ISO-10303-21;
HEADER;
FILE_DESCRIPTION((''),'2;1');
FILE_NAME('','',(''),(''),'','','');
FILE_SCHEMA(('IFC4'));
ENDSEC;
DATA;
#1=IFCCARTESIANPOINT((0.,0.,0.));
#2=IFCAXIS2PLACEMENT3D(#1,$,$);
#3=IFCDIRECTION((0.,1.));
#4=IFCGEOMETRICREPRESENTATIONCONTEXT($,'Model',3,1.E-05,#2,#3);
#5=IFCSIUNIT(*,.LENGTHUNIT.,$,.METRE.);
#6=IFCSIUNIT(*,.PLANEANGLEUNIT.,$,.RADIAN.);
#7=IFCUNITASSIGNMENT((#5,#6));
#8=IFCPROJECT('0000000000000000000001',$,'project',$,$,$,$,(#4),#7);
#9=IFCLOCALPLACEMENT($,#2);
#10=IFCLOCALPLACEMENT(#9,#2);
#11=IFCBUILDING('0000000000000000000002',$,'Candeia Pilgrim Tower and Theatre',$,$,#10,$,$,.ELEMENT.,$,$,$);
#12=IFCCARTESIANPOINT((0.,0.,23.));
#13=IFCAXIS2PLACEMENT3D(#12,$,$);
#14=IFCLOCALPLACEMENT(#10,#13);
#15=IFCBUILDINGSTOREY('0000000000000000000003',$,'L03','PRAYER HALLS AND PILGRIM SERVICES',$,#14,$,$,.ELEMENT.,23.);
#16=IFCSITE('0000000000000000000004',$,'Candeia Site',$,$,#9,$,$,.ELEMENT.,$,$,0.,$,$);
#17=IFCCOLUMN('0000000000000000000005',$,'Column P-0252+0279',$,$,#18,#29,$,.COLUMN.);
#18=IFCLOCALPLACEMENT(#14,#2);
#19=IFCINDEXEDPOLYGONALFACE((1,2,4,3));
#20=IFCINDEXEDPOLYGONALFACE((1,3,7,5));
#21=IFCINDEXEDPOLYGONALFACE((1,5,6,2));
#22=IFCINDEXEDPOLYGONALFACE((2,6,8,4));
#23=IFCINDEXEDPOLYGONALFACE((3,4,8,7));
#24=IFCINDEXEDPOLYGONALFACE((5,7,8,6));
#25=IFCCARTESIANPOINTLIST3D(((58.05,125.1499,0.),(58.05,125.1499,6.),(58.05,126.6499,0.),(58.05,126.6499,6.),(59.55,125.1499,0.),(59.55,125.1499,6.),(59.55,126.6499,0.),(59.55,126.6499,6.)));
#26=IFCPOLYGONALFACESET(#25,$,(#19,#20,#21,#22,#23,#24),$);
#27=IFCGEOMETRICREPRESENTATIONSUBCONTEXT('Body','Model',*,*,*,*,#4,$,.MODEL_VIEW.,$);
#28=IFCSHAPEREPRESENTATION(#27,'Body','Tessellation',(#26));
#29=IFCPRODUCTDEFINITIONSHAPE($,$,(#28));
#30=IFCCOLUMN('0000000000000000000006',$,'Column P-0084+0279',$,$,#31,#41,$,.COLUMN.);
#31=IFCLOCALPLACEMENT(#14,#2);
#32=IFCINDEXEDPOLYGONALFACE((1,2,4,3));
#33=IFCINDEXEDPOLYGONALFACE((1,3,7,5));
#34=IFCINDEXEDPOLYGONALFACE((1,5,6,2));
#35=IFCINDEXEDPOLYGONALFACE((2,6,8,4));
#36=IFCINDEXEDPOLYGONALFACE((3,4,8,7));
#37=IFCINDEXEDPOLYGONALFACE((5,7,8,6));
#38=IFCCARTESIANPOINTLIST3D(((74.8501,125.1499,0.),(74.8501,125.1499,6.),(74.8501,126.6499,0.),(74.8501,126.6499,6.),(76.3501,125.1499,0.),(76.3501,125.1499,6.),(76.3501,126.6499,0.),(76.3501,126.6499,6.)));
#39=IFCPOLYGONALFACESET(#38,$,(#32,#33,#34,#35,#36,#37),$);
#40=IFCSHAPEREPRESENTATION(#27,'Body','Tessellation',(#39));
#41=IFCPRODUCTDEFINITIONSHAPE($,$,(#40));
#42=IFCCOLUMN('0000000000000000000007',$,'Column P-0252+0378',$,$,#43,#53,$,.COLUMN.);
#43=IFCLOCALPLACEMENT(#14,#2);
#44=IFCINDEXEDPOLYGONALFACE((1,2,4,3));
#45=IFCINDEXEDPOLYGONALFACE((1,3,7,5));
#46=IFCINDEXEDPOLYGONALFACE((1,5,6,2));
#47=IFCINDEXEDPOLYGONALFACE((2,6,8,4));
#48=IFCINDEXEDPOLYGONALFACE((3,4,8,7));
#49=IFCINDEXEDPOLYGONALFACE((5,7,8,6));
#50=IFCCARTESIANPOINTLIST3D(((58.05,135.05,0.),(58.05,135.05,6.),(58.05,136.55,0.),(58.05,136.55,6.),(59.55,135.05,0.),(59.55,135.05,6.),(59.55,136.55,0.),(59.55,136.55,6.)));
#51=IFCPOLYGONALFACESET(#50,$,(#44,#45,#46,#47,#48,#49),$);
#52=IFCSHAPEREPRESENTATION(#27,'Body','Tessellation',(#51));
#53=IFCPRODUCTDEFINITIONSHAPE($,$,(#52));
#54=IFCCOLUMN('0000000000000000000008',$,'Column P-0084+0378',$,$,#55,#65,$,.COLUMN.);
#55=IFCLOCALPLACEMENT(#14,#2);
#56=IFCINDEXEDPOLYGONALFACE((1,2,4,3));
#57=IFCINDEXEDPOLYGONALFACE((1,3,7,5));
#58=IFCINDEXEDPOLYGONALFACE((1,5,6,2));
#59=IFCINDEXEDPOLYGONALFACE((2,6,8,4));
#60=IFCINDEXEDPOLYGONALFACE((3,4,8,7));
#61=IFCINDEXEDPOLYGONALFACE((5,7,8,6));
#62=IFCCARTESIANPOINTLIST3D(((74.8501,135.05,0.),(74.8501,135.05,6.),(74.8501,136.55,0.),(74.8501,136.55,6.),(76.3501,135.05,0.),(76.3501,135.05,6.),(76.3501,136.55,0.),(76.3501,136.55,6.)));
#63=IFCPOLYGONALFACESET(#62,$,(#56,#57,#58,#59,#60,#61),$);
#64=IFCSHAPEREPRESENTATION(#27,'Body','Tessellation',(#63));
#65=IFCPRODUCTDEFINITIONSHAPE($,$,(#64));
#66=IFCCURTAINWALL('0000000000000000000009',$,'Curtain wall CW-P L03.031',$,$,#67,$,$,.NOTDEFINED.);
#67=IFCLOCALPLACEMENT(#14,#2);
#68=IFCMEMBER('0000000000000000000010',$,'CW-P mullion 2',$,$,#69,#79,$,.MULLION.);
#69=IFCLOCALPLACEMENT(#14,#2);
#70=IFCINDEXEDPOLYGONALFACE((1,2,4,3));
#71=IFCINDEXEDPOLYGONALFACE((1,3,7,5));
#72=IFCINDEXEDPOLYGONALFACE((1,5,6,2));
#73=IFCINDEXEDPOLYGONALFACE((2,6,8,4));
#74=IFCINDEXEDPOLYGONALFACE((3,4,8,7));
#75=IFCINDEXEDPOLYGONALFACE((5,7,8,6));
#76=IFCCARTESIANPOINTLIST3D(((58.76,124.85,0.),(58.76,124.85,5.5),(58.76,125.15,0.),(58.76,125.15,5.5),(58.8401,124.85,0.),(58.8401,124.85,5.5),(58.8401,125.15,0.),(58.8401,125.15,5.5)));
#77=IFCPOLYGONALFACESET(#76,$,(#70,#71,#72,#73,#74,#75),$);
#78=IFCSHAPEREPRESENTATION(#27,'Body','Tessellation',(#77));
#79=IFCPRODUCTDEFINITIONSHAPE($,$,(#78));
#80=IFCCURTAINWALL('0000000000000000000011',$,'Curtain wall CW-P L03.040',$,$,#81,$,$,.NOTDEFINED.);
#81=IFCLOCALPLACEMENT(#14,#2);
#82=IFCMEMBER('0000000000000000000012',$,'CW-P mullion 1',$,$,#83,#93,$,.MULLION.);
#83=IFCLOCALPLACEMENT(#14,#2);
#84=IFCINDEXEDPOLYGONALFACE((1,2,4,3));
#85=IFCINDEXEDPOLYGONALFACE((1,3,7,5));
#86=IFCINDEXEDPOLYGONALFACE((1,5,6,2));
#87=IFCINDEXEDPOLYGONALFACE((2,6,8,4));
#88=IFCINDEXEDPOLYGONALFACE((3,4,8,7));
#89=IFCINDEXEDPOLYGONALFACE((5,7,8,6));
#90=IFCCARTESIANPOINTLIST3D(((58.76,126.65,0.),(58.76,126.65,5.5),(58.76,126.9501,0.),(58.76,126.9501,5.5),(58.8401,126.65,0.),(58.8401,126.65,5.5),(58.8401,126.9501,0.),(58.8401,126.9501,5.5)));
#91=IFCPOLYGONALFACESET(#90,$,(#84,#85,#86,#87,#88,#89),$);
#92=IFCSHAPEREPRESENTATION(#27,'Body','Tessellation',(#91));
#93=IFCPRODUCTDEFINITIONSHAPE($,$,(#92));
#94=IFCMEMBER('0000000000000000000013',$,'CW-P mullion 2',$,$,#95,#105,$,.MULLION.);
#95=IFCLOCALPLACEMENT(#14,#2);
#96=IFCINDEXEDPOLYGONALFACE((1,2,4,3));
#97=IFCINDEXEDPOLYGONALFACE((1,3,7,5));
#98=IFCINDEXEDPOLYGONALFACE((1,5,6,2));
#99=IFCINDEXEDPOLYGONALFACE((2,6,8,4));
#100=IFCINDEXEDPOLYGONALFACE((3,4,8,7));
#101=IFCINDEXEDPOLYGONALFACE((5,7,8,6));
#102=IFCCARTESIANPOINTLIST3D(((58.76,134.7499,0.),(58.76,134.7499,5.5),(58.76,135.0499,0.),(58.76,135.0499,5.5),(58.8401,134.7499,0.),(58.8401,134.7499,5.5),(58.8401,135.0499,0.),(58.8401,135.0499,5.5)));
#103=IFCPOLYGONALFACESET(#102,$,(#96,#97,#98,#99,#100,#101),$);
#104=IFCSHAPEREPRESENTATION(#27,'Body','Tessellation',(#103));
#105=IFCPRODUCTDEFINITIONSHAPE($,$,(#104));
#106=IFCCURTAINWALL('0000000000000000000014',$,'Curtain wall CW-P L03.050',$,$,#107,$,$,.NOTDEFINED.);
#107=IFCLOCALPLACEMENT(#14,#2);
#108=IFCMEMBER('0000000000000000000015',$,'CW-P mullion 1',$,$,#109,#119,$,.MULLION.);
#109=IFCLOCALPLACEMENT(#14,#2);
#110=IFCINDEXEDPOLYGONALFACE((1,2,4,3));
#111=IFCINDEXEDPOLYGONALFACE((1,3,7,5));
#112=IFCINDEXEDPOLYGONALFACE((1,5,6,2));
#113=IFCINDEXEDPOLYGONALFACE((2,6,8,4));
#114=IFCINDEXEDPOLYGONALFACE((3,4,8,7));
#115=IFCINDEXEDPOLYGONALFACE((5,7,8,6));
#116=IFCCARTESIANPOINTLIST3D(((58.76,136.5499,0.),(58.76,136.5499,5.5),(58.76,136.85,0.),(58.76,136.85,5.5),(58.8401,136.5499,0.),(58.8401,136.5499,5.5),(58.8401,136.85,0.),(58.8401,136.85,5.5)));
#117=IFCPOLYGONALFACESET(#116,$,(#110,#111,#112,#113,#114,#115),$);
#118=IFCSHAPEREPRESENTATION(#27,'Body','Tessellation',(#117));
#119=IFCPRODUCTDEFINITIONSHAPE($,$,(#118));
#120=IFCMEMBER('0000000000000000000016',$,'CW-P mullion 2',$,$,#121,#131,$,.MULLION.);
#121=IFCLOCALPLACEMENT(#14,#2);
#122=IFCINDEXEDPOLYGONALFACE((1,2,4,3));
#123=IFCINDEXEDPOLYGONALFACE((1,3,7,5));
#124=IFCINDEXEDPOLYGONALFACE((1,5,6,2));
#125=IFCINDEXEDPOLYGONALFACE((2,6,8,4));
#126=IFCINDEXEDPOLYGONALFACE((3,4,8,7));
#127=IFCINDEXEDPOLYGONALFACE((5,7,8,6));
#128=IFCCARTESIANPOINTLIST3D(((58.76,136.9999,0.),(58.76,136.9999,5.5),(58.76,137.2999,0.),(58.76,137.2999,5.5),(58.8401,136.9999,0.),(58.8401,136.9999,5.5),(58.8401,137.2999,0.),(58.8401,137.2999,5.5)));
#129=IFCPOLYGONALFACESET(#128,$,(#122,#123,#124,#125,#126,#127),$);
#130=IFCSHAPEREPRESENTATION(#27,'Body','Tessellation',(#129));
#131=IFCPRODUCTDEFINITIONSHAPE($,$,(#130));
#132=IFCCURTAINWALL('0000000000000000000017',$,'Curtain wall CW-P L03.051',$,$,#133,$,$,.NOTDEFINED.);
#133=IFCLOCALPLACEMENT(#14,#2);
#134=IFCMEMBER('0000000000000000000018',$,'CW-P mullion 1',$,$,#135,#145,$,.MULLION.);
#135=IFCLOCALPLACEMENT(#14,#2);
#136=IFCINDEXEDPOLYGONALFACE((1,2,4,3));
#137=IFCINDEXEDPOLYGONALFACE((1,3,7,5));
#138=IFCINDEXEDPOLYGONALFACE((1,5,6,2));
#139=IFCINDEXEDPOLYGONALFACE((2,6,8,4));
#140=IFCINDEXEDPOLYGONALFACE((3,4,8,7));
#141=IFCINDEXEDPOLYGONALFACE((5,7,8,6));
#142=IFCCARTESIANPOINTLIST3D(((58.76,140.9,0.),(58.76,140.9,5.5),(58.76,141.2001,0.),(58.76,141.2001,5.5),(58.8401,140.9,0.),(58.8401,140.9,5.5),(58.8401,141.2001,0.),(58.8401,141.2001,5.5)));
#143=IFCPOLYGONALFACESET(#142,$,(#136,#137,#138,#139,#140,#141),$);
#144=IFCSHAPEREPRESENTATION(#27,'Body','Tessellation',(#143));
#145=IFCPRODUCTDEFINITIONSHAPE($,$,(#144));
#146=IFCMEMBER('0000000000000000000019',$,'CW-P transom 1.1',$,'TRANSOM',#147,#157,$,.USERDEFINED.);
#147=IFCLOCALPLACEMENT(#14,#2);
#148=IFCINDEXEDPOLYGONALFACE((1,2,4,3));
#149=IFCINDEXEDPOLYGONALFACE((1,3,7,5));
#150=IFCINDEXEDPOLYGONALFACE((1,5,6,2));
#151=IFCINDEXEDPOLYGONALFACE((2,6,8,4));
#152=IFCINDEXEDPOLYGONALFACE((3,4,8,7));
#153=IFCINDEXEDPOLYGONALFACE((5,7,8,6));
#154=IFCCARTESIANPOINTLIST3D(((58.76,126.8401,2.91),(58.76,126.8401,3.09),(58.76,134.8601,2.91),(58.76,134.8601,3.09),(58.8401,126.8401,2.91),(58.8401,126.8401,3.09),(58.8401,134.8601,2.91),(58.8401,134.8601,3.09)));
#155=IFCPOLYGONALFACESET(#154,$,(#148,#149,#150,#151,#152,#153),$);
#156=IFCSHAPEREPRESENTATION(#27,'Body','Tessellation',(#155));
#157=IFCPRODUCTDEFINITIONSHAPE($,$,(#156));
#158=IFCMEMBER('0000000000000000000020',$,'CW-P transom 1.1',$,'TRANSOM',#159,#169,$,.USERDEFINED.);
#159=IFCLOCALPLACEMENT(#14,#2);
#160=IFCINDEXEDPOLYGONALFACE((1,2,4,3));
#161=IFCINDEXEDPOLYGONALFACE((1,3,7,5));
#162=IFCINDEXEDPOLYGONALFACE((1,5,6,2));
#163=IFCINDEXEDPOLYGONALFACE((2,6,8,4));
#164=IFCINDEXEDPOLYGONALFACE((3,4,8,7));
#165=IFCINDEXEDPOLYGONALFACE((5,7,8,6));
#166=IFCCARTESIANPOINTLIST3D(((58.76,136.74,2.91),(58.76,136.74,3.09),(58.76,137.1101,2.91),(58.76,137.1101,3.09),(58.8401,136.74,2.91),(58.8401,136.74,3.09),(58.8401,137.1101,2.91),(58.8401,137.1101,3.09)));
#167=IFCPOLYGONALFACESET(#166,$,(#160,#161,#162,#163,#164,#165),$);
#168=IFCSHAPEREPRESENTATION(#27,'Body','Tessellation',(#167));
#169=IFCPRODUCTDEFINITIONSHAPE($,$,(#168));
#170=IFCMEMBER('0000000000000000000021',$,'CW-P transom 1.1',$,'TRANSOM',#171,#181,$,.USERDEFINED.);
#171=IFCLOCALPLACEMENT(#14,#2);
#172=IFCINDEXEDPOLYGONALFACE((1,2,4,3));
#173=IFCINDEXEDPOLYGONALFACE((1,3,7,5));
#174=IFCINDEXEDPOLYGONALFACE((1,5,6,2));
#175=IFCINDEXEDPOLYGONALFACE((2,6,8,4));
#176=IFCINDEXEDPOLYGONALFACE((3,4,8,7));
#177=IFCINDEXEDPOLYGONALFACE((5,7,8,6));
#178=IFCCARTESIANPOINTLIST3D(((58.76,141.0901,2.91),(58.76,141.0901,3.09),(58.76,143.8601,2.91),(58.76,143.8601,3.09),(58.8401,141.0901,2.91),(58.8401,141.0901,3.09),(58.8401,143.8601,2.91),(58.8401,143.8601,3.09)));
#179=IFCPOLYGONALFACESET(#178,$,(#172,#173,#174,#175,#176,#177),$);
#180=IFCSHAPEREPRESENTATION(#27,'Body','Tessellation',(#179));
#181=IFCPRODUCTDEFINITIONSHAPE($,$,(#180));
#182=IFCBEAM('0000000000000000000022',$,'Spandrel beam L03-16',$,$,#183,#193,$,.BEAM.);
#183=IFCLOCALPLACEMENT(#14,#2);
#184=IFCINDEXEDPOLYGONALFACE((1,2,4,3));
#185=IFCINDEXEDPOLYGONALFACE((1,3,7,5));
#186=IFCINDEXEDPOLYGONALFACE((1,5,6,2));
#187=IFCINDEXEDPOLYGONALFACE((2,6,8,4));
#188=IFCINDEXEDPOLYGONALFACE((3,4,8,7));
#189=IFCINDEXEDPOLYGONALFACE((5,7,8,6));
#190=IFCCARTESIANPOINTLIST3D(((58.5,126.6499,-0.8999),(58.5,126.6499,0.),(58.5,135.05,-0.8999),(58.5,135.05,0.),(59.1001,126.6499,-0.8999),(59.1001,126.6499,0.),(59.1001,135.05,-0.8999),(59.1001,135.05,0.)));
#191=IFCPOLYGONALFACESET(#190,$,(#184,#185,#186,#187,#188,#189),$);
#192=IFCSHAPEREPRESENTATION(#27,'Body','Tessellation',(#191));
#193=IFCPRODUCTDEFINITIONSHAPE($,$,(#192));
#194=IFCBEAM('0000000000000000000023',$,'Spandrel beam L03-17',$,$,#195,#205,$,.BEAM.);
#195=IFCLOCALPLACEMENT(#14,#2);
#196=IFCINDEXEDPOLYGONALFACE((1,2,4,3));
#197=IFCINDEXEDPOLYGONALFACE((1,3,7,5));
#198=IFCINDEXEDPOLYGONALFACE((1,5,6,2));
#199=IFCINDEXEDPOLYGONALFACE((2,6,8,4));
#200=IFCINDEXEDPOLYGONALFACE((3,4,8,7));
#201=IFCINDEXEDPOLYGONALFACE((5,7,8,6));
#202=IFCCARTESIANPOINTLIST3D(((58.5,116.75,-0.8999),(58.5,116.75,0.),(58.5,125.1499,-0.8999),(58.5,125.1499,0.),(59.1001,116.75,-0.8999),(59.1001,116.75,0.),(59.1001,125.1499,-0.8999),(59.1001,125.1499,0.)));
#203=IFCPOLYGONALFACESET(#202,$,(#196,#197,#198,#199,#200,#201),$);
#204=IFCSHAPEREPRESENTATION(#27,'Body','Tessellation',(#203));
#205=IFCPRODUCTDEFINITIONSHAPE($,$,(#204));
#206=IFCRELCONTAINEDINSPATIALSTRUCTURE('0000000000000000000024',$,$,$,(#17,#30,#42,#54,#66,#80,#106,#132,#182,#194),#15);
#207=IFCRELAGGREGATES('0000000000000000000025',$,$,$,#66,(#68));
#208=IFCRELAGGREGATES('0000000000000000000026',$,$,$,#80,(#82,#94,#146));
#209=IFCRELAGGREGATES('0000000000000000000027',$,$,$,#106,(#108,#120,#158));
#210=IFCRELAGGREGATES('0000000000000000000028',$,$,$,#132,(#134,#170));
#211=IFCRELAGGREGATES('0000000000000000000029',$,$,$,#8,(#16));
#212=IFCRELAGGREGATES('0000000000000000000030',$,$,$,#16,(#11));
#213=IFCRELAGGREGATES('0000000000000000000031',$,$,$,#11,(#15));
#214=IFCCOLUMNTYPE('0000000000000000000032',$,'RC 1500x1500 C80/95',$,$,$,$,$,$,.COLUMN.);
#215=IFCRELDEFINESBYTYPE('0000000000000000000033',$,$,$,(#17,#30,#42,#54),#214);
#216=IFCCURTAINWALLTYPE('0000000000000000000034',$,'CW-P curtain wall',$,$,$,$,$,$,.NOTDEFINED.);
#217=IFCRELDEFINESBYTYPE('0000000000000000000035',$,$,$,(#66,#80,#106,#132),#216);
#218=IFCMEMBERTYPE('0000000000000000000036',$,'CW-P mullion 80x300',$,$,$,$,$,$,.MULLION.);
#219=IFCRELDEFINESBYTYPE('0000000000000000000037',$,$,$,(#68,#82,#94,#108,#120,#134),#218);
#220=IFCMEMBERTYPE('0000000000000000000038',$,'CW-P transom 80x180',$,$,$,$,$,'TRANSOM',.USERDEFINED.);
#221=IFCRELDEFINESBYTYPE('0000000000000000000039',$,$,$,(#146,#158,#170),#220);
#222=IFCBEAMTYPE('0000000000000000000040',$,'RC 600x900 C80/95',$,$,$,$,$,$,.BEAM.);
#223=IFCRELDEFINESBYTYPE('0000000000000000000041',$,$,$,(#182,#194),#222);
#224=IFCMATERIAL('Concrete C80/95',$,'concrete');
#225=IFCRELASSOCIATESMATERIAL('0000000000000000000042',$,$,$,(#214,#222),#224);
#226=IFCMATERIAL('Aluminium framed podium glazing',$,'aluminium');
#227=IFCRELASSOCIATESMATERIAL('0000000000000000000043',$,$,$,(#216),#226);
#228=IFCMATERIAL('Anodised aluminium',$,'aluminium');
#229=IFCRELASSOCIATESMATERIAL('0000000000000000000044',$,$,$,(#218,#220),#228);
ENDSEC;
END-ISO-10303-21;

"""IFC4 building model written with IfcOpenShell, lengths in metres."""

from ifc_helpers import new_model, si_unit, direction, frame, origin, origin_2d, place, context, subcontext, project, spatial, rectangle, extrude, material, material_profile, profile_set, type_object, element, aggregate, save


model = new_model("IFC4")

# Units and contexts
model_context = context("Model", 3, precision=1e-05, world=origin(), true_north=direction((0.0, 1.0)))
body_context = subcontext(model_context, "Body", "Model", "MODEL_VIEW")
ifc_project = project(units=[si_unit("LENGTHUNIT", "METRE"), si_unit("PLANEANGLEUNIT", "RADIAN")], contexts=[model_context])

# Site, building, storey
site_placement = place(None, origin())
site = spatial("IfcSite", under=ifc_project, at=site_placement, Name="Candeia Site", CompositionType="ELEMENT", RefElevation=0.0)
building_placement = place(site_placement, origin())
building = spatial("IfcBuilding", under=site, at=building_placement, Name="Candeia Pilgrim Tower and Theatre", CompositionType="ELEMENT")
storey_placement = place(building_placement, frame((0.0, 0.0, 23.0)))
storey = spatial("IfcBuildingStorey", under=building, at=storey_placement, Name="L03", Description="PRAYER HALLS AND PILGRIM SERVICES", CompositionType="ELEMENT", Elevation=23.0)

# Columns
ifc_material_1 = material(Name="Concrete C80/95", Category="concrete")
ifc_material_profile_1 = material_profile(ifc_material_1, rectangle(XDim=1.5, YDim=1.5, at=origin_2d()))
ifc_profile_set_1 = profile_set([ifc_material_profile_1], Name="Concrete C80/95")
column_type = type_object("IfcColumnType", Name="RC 1500x1500 C80/95", PredefinedType="COLUMN", material=ifc_profile_set_1)
for number, where, z_axis, x_axis, name in (
    (1, (58.8, 125.8999, 0.0), (0.0, 0.0, 1.0), (1.0, 0.0, 0.0), "Column P-0252+0279"),
    (2, (75.6001, 125.8999, 0.0), (0.0, 0.0, 1.0), (1.0, 0.0, 0.0), "Column P-0084+0279"),
    (3, (58.8, 135.8, 0.0), (0.0, 0.0, 1.0), (1.0, 0.0, 0.0), "Column P-0252+0378"),
    (4, (75.6001, 135.8, 0.0), (0.0, 0.0, 1.0), (1.0, 0.0, 0.0), "Column P-0084+0378"),
):
    element("IfcColumn", number, at=place(storey_placement, frame(where, z_axis=z_axis, x_axis=x_axis)), inside=storey, type_object=column_type, Name=name, PredefinedType="COLUMN", context=body_context, shape_type="SweptSolid", body=[
        extrude(rectangle(XDim=1.5, YDim=1.5, at=origin_2d()), origin(), (0.0, 0.0, 1.0), 6.0),
    ])

# Curtain wall, member
ifc_material_2 = material(Name="Aluminium framed podium glazing", Category="aluminium")
curtain_wall_type = type_object("IfcCurtainWallType", Name="CW-P curtain wall", PredefinedType="NOTDEFINED", material=ifc_material_2)
curtain_wall_1_placement = place(storey_placement, origin())
curtain_wall_1 = element("IfcCurtainWall", 5, at=curtain_wall_1_placement, inside=storey, type_object=curtain_wall_type, Name="Curtain wall CW-P L03.031", PredefinedType="NOTDEFINED")
ifc_material_3 = material(Name="Anodised aluminium", Category="aluminium")
ifc_material_profile_2 = material_profile(ifc_material_3, rectangle(XDim=0.0801, YDim=0.3, at=origin_2d()))
ifc_profile_set_2 = profile_set([ifc_material_profile_2], Name="Anodised aluminium")
member_type_1 = type_object("IfcMemberType", Name="CW-P mullion 80x300", PredefinedType="MULLION", material=ifc_profile_set_2)
member_1_placement = place(storey_placement, frame((58.8, 125.0, 0.0), z_axis=(0.0, 0.0, 1.0), x_axis=(-1.0, 0.0, 0.0)))
member_1 = element("IfcMember", 6, at=member_1_placement, type_object=member_type_1, Name="CW-P mullion 2", PredefinedType="MULLION", context=body_context, shape_type="SweptSolid", body=[
    extrude(rectangle(XDim=0.0801, YDim=0.3, at=origin_2d()), origin(), (0.0, 0.0, 1.0), 5.5),
])

# Curtain walls, members
curtain_wall_2_placement = place(storey_placement, origin())
curtain_wall_2 = element("IfcCurtainWall", 7, at=curtain_wall_2_placement, inside=storey, type_object=curtain_wall_type, Name="Curtain wall CW-P L03.040", PredefinedType="NOTDEFINED")
member_2_placement = place(storey_placement, frame((58.8, 126.8, 0.0), z_axis=(0.0, 0.0, 1.0), x_axis=(-1.0, 0.0, 0.0)))
member_2 = element("IfcMember", 8, at=member_2_placement, type_object=member_type_1, Name="CW-P mullion 1", PredefinedType="MULLION", context=body_context, shape_type="SweptSolid", body=[
    extrude(rectangle(XDim=0.0801, YDim=0.3, at=origin_2d()), origin(), (0.0, 0.0, 1.0), 5.5),
])
member_3_placement = place(storey_placement, frame((58.8, 134.8999, 0.0), z_axis=(0.0, 0.0, 1.0), x_axis=(-1.0, 0.0, 0.0)))
member_3 = element("IfcMember", 9, at=member_3_placement, type_object=member_type_1, Name="CW-P mullion 2", PredefinedType="MULLION", context=body_context, shape_type="SweptSolid", body=[
    extrude(rectangle(XDim=0.0801, YDim=0.3, at=origin_2d()), origin(), (0.0, 0.0, 1.0), 5.5),
])
curtain_wall_3_placement = place(storey_placement, origin())
curtain_wall_3 = element("IfcCurtainWall", 10, at=curtain_wall_3_placement, inside=storey, type_object=curtain_wall_type, Name="Curtain wall CW-P L03.050", PredefinedType="NOTDEFINED")
member_4_placement = place(storey_placement, frame((58.8, 136.7, 0.0), z_axis=(0.0, 0.0, 1.0), x_axis=(-1.0, 0.0, 0.0)))
member_4 = element("IfcMember", 11, at=member_4_placement, type_object=member_type_1, Name="CW-P mullion 1", PredefinedType="MULLION", context=body_context, shape_type="SweptSolid", body=[
    extrude(rectangle(XDim=0.0801, YDim=0.3, at=origin_2d()), origin(), (0.0, 0.0, 1.0), 5.5),
])
member_5_placement = place(storey_placement, frame((58.8, 137.1499, 0.0), z_axis=(0.0, 0.0, 1.0), x_axis=(-1.0, 0.0, 0.0)))
member_5 = element("IfcMember", 12, at=member_5_placement, type_object=member_type_1, Name="CW-P mullion 2", PredefinedType="MULLION", context=body_context, shape_type="SweptSolid", body=[
    extrude(rectangle(XDim=0.0801, YDim=0.3, at=origin_2d()), origin(), (0.0, 0.0, 1.0), 5.5),
])

# Curtain wall, member
curtain_wall_4_placement = place(storey_placement, origin())
curtain_wall_4 = element("IfcCurtainWall", 13, at=curtain_wall_4_placement, inside=storey, type_object=curtain_wall_type, Name="Curtain wall CW-P L03.051", PredefinedType="NOTDEFINED")
member_6_placement = place(storey_placement, frame((58.8, 141.05, 0.0), z_axis=(0.0, 0.0, 1.0), x_axis=(-1.0, 0.0, 0.0)))
member_6 = element("IfcMember", 14, at=member_6_placement, type_object=member_type_1, Name="CW-P mullion 1", PredefinedType="MULLION", context=body_context, shape_type="SweptSolid", body=[
    extrude(rectangle(XDim=0.0801, YDim=0.3, at=origin_2d()), origin(), (0.0, 0.0, 1.0), 5.5),
])

# Members
ifc_material_profile_3 = material_profile(ifc_material_3, rectangle(XDim=0.0801, YDim=0.1799, at=origin_2d()))
ifc_profile_set_3 = profile_set([ifc_material_profile_3], Name="Anodised aluminium")
member_type_2 = type_object("IfcMemberType", Name="CW-P transom 80x180", ElementType="TRANSOM", PredefinedType="USERDEFINED", material=ifc_profile_set_3)
member_7_placement = place(storey_placement, frame((58.8, 126.8401, 3.0), z_axis=(0.0, 1.0, 0.0), x_axis=(-1.0, 0.0, 0.0)))
member_7 = element("IfcMember", 15, at=member_7_placement, type_object=member_type_2, Name="CW-P transom 1.1", ObjectType="TRANSOM", PredefinedType="USERDEFINED", context=body_context, shape_type="SweptSolid", body=[
    extrude(rectangle(XDim=0.0801, YDim=0.1799, at=origin_2d()), origin(), (0.0, 0.0, 1.0), 8.02),
])
member_8_placement = place(storey_placement, frame((58.8, 136.74, 3.0), z_axis=(0.0, 1.0, 0.0), x_axis=(-1.0, 0.0, 0.0)))
member_8 = element("IfcMember", 16, at=member_8_placement, type_object=member_type_2, Name="CW-P transom 1.1", ObjectType="TRANSOM", PredefinedType="USERDEFINED", context=body_context, shape_type="SweptSolid", body=[
    extrude(rectangle(XDim=0.0801, YDim=0.1799, at=origin_2d()), origin(), (0.0, 0.0, 1.0), 0.3701),
])
member_9_placement = place(storey_placement, frame((58.8, 141.0901, 3.0), z_axis=(0.0, 1.0, 0.0), x_axis=(-1.0, 0.0, 0.0)))
member_9 = element("IfcMember", 17, at=member_9_placement, type_object=member_type_2, Name="CW-P transom 1.1", ObjectType="TRANSOM", PredefinedType="USERDEFINED", context=body_context, shape_type="SweptSolid", body=[
    extrude(rectangle(XDim=0.0801, YDim=0.1799, at=origin_2d()), origin(), (0.0, 0.0, 1.0), 2.77),
])

# Beams
ifc_material_profile_4 = material_profile(ifc_material_1, rectangle(XDim=0.6001, YDim=0.8999, at=origin_2d()))
ifc_profile_set_4 = profile_set([ifc_material_profile_4], Name="Concrete C80/95")
beam_type = type_object("IfcBeamType", Name="RC 600x900 C80/95", PredefinedType="BEAM", material=ifc_profile_set_4)
beam_1_placement = place(storey_placement, frame((58.8, 135.05, -0.45), z_axis=(0.0, -1.0, 0.0), x_axis=(1.0, 0.0, 0.0)))
element("IfcBeam", 18, at=beam_1_placement, inside=storey, type_object=beam_type, Name="Spandrel beam L03-16", PredefinedType="BEAM", context=body_context, shape_type="SweptSolid", body=[
    extrude(rectangle(XDim=0.6001, YDim=0.8999, at=origin_2d()), origin(), (0.0, 0.0, 1.0), 8.4001),
])
beam_2_placement = place(storey_placement, frame((58.8, 125.1499, -0.45), z_axis=(0.0, -1.0, 0.0), x_axis=(1.0, 0.0, 0.0)))
element("IfcBeam", 19, at=beam_2_placement, inside=storey, type_object=beam_type, Name="Spandrel beam L03-17", PredefinedType="BEAM", context=body_context, shape_type="SweptSolid", body=[
    extrude(rectangle(XDim=0.6001, YDim=0.8999, at=origin_2d()), origin(), (0.0, 0.0, 1.0), 8.3999),
])

aggregate(curtain_wall_1, [member_1])
aggregate(curtain_wall_2, [member_2, member_3, member_7])
aggregate(curtain_wall_3, [member_4, member_5, member_8])
aggregate(curtain_wall_4, [member_6, member_9])

save(model, "model.ifc")
